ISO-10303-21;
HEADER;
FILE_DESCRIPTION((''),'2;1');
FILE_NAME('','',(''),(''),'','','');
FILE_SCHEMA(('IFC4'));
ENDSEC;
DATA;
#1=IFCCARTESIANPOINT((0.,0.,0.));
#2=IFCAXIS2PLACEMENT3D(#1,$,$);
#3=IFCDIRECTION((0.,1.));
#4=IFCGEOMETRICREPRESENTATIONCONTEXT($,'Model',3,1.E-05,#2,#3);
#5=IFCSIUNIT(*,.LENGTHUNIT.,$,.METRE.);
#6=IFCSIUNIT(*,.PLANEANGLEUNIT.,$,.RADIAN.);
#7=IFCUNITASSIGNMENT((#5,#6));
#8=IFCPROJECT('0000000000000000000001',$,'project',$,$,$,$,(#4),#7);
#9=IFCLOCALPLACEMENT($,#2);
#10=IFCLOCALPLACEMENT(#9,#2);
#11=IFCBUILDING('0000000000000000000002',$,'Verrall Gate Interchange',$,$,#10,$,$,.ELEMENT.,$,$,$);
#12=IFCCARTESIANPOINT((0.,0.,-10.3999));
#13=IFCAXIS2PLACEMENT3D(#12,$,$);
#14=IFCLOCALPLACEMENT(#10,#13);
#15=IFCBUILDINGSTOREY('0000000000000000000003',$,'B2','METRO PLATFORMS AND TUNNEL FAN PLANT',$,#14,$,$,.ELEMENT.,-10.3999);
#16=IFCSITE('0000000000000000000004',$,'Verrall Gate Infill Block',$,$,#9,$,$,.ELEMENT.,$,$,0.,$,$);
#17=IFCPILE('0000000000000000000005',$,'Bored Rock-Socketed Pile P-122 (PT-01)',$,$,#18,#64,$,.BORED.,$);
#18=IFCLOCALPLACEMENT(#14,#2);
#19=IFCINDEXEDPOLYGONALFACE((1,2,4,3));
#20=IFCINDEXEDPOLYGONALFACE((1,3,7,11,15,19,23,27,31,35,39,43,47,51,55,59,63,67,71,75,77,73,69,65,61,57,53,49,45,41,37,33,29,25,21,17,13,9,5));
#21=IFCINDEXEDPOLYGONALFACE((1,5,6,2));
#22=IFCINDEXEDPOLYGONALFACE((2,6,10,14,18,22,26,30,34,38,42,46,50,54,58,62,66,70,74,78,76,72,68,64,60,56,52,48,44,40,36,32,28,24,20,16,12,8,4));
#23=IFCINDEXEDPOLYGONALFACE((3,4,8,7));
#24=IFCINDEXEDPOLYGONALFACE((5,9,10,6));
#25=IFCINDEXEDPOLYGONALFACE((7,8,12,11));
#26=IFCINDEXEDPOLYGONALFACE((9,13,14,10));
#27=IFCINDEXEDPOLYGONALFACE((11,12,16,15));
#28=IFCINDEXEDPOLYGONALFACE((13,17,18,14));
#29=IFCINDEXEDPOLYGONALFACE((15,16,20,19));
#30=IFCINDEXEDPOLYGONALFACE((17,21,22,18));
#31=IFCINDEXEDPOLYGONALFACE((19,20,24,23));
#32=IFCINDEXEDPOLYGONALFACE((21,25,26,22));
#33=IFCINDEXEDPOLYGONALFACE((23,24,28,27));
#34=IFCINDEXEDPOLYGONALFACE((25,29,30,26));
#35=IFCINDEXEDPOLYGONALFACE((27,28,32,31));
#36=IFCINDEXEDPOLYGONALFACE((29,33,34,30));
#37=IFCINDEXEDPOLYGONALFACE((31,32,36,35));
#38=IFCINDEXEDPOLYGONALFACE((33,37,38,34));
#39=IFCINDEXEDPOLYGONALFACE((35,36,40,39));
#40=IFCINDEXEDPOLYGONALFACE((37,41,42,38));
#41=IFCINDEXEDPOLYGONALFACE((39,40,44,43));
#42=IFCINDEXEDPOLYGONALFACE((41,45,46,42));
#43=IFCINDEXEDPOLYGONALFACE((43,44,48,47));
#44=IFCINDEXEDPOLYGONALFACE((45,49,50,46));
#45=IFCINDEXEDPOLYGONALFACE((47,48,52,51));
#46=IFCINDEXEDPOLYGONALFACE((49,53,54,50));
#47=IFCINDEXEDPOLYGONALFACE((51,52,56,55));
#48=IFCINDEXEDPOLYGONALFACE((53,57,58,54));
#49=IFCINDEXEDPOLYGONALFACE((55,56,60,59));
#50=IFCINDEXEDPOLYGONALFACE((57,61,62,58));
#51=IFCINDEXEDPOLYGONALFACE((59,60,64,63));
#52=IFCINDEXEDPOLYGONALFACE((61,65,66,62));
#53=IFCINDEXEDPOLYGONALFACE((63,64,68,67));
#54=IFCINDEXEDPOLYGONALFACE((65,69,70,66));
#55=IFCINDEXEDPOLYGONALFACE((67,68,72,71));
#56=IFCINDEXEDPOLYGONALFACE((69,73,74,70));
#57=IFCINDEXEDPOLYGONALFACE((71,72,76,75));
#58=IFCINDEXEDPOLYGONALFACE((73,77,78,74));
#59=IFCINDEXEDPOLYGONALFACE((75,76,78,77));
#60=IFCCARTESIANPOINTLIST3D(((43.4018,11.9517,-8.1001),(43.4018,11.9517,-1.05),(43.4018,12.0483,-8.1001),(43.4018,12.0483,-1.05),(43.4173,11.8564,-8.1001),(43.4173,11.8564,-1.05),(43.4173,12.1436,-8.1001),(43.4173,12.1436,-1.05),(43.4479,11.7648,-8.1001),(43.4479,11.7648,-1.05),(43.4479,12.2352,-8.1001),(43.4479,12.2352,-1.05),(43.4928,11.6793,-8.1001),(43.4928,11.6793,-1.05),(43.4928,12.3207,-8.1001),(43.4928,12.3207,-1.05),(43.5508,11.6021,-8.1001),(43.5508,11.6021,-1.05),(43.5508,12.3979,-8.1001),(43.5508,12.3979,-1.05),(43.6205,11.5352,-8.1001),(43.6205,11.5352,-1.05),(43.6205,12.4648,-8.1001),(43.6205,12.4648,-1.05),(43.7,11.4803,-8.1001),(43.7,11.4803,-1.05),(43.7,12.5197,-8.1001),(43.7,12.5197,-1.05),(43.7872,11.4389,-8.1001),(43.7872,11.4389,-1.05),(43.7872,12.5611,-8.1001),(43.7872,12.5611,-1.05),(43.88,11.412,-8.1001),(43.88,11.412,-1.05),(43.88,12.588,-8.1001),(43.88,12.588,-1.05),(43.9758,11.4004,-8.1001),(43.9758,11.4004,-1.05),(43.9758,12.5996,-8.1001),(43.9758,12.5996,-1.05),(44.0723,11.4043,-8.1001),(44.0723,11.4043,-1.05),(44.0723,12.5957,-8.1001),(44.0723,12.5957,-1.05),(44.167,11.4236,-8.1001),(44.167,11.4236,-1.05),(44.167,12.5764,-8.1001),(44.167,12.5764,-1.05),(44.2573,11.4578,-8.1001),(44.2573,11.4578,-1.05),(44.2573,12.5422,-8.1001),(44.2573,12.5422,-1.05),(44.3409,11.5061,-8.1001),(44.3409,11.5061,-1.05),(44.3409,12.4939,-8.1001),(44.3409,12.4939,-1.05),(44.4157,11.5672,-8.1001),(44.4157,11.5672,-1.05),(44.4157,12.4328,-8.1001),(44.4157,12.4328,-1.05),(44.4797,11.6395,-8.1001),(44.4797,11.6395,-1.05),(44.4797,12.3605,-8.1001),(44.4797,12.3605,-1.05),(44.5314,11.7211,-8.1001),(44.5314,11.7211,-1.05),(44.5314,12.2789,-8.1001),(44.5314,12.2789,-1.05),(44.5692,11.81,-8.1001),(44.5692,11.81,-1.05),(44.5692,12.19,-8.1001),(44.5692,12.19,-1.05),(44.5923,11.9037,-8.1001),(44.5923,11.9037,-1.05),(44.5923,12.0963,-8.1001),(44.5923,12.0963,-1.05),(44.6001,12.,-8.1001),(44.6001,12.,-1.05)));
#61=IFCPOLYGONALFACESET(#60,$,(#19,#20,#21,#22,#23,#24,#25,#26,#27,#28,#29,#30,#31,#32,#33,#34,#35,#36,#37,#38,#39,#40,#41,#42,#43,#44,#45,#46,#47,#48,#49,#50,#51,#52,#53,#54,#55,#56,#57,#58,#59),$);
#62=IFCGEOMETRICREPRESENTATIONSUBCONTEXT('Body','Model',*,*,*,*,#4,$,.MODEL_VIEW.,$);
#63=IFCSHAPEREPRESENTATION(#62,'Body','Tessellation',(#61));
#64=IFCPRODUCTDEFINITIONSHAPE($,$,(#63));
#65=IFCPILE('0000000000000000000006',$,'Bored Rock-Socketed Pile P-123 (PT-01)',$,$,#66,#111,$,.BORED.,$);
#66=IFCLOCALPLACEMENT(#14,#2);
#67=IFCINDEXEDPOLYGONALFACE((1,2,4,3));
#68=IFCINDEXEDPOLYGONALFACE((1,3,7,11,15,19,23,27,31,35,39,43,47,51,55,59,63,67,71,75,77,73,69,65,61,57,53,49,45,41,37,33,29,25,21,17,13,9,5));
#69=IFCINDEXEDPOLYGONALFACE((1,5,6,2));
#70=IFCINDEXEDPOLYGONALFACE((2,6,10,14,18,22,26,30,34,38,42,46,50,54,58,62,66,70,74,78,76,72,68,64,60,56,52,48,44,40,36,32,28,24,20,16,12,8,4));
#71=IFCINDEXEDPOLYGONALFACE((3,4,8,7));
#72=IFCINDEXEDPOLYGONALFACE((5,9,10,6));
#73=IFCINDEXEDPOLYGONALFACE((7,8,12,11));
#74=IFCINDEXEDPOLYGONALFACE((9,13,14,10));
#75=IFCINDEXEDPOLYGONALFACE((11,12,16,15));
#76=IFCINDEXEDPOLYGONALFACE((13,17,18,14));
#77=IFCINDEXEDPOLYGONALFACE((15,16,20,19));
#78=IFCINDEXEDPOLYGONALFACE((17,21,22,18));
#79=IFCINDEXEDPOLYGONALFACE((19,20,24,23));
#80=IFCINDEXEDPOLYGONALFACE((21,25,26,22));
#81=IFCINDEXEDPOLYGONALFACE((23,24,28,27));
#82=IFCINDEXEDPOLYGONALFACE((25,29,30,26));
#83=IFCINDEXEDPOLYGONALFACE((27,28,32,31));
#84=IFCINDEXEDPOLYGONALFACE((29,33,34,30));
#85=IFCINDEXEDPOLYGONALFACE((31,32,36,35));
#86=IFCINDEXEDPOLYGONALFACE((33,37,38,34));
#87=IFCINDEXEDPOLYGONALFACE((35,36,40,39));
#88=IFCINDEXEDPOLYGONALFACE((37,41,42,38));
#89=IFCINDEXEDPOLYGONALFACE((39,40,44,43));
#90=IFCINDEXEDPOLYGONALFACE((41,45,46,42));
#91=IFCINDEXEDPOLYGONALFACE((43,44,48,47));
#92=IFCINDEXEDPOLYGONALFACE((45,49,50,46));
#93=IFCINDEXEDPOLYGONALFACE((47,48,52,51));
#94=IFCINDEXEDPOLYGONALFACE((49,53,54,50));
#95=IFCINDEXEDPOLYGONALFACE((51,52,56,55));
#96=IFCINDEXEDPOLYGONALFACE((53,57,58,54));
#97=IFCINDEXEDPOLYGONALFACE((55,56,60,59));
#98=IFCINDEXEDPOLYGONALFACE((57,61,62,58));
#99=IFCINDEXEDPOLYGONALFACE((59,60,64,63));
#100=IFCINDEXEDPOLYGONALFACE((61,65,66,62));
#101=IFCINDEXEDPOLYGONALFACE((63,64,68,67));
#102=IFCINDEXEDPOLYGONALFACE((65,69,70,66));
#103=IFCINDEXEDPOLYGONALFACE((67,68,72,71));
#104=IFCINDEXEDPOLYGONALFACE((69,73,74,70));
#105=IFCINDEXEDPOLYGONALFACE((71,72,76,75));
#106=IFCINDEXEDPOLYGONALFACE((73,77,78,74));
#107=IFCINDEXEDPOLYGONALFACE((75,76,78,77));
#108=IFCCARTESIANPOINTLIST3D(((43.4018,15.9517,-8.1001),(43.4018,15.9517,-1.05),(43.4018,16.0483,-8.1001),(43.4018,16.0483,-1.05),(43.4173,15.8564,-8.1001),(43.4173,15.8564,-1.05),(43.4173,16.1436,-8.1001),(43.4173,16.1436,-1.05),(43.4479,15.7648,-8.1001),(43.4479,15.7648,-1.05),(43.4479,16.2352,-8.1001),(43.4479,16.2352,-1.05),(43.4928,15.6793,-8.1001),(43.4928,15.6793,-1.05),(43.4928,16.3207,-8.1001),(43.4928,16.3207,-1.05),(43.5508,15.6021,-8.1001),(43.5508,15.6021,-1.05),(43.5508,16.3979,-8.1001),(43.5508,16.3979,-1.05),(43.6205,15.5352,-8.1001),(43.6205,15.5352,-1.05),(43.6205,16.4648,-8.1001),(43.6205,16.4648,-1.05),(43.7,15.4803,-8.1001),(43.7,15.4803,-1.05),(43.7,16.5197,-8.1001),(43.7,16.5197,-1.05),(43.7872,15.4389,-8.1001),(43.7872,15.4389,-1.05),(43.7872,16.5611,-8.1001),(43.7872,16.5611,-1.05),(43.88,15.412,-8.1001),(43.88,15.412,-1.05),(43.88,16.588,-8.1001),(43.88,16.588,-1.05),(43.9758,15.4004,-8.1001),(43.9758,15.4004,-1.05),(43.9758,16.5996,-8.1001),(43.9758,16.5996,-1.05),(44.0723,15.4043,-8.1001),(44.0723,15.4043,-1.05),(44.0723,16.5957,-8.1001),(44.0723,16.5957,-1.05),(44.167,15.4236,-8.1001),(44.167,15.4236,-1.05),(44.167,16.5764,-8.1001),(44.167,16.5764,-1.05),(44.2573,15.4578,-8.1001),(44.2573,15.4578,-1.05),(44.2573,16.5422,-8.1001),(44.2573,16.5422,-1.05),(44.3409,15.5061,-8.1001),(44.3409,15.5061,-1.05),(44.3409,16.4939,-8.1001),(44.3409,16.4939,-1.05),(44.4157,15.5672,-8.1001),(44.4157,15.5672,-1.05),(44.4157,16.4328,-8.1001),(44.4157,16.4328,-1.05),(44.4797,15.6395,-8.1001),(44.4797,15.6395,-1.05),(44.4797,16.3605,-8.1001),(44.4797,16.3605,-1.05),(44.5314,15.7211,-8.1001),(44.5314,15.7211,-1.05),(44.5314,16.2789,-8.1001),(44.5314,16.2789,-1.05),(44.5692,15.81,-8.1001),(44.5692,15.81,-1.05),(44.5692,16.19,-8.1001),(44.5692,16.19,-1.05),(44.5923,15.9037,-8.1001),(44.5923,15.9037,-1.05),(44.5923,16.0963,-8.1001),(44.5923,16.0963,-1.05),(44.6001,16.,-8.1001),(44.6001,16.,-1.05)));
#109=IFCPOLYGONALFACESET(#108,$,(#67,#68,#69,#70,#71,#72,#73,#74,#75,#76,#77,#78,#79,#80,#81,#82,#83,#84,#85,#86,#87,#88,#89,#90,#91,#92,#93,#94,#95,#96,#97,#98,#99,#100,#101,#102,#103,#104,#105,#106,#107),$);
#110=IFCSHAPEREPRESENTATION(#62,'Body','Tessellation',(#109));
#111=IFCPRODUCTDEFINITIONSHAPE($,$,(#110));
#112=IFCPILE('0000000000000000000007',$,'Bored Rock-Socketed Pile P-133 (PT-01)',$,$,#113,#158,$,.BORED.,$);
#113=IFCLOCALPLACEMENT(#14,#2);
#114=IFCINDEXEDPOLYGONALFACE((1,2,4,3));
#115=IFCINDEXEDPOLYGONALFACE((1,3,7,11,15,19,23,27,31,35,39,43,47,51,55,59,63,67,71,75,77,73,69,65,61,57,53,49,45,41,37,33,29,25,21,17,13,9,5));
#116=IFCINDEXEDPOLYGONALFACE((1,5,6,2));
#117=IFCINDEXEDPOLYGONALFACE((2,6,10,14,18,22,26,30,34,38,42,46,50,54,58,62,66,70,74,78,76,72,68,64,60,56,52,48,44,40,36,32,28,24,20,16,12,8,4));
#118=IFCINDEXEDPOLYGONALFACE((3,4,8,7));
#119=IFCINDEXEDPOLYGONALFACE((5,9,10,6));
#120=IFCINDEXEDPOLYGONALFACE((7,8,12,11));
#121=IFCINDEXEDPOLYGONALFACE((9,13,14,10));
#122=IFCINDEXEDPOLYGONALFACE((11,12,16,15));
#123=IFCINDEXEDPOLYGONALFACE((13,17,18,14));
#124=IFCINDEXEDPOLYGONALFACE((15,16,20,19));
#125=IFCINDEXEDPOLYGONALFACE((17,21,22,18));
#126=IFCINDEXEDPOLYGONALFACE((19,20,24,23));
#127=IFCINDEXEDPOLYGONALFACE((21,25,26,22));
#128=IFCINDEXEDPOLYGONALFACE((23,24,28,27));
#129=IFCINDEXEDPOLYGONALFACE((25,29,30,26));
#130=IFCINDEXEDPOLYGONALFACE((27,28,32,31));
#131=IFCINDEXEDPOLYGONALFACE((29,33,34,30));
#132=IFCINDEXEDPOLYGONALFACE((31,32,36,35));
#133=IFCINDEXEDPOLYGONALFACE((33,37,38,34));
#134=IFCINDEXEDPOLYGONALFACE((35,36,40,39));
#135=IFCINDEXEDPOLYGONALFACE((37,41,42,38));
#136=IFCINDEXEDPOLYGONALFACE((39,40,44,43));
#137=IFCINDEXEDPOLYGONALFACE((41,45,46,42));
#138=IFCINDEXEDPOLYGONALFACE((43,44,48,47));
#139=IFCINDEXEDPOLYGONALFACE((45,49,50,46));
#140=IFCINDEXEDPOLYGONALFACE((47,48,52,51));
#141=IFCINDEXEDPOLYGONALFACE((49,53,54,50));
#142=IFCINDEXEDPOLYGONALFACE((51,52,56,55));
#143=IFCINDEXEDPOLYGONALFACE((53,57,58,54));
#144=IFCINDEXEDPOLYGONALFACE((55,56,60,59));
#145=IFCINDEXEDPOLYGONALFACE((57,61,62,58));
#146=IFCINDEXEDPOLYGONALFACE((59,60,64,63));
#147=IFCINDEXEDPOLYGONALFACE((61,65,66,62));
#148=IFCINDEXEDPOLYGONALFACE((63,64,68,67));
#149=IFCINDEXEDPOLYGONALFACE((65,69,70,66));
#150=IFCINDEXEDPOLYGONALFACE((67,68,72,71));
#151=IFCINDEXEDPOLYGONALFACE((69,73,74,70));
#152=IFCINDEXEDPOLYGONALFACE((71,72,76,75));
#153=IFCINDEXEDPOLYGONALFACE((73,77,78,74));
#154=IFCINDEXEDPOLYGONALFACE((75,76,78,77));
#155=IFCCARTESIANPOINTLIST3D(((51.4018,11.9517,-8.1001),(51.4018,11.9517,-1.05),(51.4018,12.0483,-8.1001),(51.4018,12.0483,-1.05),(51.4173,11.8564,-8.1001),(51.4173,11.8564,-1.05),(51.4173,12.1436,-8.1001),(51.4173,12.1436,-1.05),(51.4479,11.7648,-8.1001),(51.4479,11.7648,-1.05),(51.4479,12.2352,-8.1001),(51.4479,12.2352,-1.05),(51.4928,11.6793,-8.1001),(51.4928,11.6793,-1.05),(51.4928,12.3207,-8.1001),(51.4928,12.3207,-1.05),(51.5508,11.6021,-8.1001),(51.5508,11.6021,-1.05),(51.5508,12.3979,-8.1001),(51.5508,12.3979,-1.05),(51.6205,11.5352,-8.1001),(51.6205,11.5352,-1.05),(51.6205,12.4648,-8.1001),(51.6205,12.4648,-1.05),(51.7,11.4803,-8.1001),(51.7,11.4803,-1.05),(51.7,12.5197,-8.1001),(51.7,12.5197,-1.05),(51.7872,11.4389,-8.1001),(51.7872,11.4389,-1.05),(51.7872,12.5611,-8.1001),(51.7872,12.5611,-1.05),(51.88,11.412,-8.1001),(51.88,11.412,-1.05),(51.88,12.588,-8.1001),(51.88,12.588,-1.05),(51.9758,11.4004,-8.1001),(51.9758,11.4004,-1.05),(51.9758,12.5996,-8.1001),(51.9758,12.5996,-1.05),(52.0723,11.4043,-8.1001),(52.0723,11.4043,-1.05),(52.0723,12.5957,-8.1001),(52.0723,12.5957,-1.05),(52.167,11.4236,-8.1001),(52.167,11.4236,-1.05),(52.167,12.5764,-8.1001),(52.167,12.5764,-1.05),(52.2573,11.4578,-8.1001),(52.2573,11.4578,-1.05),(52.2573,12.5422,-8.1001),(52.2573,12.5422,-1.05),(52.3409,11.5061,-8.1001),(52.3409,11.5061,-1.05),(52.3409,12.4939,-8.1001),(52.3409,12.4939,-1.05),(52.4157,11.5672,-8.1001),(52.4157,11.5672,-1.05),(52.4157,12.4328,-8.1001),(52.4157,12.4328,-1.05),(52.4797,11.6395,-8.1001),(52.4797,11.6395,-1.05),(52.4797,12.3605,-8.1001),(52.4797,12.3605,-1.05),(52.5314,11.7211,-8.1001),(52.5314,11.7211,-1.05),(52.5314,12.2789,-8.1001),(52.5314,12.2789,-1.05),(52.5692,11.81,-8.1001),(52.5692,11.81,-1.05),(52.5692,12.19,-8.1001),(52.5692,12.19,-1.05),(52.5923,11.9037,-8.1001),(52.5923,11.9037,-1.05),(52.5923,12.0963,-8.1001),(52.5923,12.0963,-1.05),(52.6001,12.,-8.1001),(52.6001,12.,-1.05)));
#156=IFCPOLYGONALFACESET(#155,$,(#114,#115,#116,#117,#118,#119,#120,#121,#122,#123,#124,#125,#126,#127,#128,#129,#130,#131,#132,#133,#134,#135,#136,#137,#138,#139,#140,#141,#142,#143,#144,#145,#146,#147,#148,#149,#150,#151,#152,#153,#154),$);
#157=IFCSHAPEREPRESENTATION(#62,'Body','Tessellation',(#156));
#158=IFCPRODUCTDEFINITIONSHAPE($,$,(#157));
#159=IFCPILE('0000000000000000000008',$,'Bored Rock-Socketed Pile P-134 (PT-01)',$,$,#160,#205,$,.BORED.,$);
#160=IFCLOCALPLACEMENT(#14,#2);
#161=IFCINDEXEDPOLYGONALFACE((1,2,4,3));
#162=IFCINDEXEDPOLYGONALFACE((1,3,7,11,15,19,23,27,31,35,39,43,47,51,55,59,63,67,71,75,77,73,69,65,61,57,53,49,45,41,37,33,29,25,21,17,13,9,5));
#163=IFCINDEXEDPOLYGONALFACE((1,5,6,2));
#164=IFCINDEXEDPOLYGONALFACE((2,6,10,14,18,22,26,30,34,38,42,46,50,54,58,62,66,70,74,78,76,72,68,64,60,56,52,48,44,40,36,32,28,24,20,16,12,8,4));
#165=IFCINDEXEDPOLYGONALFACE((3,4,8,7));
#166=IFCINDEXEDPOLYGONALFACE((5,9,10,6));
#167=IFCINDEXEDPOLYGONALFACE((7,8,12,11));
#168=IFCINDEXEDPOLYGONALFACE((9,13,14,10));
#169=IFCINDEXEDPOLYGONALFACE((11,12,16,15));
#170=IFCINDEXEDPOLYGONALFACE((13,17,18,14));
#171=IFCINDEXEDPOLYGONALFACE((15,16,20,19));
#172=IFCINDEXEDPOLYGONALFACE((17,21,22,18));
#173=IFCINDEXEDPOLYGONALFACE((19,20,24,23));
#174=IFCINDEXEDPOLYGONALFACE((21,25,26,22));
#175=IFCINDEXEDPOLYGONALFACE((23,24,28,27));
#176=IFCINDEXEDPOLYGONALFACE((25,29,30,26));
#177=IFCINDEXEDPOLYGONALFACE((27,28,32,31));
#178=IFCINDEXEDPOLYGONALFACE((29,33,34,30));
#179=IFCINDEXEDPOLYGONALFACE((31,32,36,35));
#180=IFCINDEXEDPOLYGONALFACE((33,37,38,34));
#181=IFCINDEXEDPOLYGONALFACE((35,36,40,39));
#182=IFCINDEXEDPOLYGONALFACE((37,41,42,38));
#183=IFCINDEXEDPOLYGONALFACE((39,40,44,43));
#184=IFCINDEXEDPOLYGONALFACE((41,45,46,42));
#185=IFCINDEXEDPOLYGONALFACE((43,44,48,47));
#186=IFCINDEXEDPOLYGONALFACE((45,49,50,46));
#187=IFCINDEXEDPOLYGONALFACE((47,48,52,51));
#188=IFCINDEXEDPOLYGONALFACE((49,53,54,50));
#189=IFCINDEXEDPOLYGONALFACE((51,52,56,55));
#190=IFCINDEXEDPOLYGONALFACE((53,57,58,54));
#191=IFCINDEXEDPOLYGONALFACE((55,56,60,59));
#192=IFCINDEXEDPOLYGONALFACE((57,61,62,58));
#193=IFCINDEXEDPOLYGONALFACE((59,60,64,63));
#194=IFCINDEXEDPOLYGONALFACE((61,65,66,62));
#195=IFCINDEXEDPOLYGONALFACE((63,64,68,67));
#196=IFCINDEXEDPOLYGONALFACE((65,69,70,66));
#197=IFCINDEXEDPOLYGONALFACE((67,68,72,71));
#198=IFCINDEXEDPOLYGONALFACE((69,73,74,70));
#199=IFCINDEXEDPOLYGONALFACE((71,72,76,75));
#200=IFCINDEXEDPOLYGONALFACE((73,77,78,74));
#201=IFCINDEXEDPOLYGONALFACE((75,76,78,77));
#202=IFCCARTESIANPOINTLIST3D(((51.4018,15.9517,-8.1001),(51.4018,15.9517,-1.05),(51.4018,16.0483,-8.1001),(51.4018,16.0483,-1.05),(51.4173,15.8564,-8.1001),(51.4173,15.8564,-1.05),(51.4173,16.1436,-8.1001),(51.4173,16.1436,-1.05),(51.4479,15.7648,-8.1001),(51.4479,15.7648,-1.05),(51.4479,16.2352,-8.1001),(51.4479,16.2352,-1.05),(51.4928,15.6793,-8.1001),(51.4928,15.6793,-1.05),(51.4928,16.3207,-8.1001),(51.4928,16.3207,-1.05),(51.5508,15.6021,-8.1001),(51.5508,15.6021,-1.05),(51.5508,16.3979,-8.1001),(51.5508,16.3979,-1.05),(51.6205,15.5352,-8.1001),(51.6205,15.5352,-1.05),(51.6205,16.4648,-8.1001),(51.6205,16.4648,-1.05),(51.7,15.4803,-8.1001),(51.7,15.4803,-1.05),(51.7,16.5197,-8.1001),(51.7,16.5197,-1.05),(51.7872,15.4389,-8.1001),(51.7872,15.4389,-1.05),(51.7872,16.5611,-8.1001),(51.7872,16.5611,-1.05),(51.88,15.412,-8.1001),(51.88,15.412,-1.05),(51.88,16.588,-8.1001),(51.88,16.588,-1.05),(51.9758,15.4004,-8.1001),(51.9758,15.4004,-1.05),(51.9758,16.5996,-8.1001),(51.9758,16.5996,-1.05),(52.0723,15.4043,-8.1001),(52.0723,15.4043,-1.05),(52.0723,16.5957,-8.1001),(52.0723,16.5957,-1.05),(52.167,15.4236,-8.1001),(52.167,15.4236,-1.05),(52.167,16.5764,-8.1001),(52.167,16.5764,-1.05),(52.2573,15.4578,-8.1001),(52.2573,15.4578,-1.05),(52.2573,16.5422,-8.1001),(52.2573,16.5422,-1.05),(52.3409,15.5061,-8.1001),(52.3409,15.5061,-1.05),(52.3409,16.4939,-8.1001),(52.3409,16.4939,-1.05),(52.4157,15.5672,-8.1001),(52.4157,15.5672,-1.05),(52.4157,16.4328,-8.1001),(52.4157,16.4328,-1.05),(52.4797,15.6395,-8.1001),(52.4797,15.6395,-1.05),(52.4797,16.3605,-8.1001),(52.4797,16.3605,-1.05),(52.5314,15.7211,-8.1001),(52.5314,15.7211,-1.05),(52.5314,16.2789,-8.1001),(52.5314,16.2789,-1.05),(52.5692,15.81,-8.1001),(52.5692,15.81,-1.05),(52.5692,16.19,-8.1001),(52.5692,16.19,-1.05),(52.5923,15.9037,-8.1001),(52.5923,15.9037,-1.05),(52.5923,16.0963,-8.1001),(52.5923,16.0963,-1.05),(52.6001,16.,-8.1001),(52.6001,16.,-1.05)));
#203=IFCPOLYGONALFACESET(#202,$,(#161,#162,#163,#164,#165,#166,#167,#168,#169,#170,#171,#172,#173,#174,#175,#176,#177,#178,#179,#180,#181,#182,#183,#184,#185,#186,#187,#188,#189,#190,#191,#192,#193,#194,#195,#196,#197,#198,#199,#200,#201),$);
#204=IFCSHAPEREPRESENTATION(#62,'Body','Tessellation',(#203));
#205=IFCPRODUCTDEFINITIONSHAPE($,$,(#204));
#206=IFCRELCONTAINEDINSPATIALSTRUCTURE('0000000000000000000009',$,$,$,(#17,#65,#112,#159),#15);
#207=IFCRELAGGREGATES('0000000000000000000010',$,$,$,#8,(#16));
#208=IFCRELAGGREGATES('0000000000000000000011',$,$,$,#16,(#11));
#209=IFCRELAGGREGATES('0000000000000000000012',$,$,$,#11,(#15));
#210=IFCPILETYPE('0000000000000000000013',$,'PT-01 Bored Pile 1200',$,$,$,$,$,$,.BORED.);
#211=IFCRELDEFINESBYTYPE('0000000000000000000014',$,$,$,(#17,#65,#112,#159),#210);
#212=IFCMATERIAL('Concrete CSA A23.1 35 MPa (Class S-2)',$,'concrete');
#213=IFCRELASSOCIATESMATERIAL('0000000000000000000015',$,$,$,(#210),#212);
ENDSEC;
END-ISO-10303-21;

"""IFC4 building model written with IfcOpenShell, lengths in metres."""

from ifc_helpers import new_model, si_unit, direction, frame, origin, origin_2d, place, context, subcontext, project, spatial, circle, extrude, material, material_profile, profile_set, type_object, element, save


model = new_model("IFC4")

# Units and contexts
model_context = context("Model", 3, precision=1e-05, world=origin(), true_north=direction((0.0, 1.0)))
body_context = subcontext(model_context, "Body", "Model", "MODEL_VIEW")
ifc_project = project(units=[si_unit("LENGTHUNIT", "METRE"), si_unit("PLANEANGLEUNIT", "RADIAN")], contexts=[model_context])

# Site, building, storey
site_placement = place(None, origin())
site = spatial("IfcSite", under=ifc_project, at=site_placement, Name="Verrall Gate Infill Block", CompositionType="ELEMENT", RefElevation=0.0)
building_placement = place(site_placement, origin())
building = spatial("IfcBuilding", under=site, at=building_placement, Name="Verrall Gate Interchange", CompositionType="ELEMENT")
storey_placement = place(building_placement, frame((0.0, 0.0, -10.3999)))
storey = spatial("IfcBuildingStorey", under=building, at=storey_placement, Name="B2", Description="METRO PLATFORMS AND TUNNEL FAN PLANT", CompositionType="ELEMENT", Elevation=-10.3999)

# Piles
ifc_material_1 = material(Name="Concrete CSA A23.1 35 MPa (Class S-2)", Category="concrete")
ifc_material_profile_1 = material_profile(ifc_material_1, circle(Radius=0.6001, at=origin_2d()), Name="PILE1200D")
ifc_profile_set_1 = profile_set([ifc_material_profile_1], Name="Concrete CSA A23.1 35 MPa (Class S-2)")
pile_type_1 = type_object("IfcPileType", Name="PT-01 Bored Pile 1200", PredefinedType="BORED", material=ifc_profile_set_1)
for number, where, z_axis, x_axis, name in (
    (1, (44.0, 12.0, -1.05), (0.0, 0.0, -1.0), (1.0, 0.0, 0.0), "Bored Rock-Socketed Pile P-122 (PT-01)"),
    (2, (44.0, 16.0, -1.05), (0.0, 0.0, -1.0), (1.0, 0.0, 0.0), "Bored Rock-Socketed Pile P-123 (PT-01)"),
    (3, (52.0, 12.0, -1.05), (0.0, 0.0, -1.0), (1.0, 0.0, 0.0), "Bored Rock-Socketed Pile P-133 (PT-01)"),
    (4, (52.0, 16.0, -1.05), (0.0, 0.0, -1.0), (1.0, 0.0, 0.0), "Bored Rock-Socketed Pile P-134 (PT-01)"),
):
    element("IfcPile", number, at=place(storey_placement, frame(where, z_axis=z_axis, x_axis=x_axis)), inside=storey, type_object=pile_type_1, Name=name, PredefinedType="BORED", context=body_context, shape_type="SweptSolid", body=[
        extrude(circle(Radius=0.6001, at=origin_2d()), origin(), (0.0, 0.0, 1.0), 7.05),
    ])

save(model, "model.ifc")
